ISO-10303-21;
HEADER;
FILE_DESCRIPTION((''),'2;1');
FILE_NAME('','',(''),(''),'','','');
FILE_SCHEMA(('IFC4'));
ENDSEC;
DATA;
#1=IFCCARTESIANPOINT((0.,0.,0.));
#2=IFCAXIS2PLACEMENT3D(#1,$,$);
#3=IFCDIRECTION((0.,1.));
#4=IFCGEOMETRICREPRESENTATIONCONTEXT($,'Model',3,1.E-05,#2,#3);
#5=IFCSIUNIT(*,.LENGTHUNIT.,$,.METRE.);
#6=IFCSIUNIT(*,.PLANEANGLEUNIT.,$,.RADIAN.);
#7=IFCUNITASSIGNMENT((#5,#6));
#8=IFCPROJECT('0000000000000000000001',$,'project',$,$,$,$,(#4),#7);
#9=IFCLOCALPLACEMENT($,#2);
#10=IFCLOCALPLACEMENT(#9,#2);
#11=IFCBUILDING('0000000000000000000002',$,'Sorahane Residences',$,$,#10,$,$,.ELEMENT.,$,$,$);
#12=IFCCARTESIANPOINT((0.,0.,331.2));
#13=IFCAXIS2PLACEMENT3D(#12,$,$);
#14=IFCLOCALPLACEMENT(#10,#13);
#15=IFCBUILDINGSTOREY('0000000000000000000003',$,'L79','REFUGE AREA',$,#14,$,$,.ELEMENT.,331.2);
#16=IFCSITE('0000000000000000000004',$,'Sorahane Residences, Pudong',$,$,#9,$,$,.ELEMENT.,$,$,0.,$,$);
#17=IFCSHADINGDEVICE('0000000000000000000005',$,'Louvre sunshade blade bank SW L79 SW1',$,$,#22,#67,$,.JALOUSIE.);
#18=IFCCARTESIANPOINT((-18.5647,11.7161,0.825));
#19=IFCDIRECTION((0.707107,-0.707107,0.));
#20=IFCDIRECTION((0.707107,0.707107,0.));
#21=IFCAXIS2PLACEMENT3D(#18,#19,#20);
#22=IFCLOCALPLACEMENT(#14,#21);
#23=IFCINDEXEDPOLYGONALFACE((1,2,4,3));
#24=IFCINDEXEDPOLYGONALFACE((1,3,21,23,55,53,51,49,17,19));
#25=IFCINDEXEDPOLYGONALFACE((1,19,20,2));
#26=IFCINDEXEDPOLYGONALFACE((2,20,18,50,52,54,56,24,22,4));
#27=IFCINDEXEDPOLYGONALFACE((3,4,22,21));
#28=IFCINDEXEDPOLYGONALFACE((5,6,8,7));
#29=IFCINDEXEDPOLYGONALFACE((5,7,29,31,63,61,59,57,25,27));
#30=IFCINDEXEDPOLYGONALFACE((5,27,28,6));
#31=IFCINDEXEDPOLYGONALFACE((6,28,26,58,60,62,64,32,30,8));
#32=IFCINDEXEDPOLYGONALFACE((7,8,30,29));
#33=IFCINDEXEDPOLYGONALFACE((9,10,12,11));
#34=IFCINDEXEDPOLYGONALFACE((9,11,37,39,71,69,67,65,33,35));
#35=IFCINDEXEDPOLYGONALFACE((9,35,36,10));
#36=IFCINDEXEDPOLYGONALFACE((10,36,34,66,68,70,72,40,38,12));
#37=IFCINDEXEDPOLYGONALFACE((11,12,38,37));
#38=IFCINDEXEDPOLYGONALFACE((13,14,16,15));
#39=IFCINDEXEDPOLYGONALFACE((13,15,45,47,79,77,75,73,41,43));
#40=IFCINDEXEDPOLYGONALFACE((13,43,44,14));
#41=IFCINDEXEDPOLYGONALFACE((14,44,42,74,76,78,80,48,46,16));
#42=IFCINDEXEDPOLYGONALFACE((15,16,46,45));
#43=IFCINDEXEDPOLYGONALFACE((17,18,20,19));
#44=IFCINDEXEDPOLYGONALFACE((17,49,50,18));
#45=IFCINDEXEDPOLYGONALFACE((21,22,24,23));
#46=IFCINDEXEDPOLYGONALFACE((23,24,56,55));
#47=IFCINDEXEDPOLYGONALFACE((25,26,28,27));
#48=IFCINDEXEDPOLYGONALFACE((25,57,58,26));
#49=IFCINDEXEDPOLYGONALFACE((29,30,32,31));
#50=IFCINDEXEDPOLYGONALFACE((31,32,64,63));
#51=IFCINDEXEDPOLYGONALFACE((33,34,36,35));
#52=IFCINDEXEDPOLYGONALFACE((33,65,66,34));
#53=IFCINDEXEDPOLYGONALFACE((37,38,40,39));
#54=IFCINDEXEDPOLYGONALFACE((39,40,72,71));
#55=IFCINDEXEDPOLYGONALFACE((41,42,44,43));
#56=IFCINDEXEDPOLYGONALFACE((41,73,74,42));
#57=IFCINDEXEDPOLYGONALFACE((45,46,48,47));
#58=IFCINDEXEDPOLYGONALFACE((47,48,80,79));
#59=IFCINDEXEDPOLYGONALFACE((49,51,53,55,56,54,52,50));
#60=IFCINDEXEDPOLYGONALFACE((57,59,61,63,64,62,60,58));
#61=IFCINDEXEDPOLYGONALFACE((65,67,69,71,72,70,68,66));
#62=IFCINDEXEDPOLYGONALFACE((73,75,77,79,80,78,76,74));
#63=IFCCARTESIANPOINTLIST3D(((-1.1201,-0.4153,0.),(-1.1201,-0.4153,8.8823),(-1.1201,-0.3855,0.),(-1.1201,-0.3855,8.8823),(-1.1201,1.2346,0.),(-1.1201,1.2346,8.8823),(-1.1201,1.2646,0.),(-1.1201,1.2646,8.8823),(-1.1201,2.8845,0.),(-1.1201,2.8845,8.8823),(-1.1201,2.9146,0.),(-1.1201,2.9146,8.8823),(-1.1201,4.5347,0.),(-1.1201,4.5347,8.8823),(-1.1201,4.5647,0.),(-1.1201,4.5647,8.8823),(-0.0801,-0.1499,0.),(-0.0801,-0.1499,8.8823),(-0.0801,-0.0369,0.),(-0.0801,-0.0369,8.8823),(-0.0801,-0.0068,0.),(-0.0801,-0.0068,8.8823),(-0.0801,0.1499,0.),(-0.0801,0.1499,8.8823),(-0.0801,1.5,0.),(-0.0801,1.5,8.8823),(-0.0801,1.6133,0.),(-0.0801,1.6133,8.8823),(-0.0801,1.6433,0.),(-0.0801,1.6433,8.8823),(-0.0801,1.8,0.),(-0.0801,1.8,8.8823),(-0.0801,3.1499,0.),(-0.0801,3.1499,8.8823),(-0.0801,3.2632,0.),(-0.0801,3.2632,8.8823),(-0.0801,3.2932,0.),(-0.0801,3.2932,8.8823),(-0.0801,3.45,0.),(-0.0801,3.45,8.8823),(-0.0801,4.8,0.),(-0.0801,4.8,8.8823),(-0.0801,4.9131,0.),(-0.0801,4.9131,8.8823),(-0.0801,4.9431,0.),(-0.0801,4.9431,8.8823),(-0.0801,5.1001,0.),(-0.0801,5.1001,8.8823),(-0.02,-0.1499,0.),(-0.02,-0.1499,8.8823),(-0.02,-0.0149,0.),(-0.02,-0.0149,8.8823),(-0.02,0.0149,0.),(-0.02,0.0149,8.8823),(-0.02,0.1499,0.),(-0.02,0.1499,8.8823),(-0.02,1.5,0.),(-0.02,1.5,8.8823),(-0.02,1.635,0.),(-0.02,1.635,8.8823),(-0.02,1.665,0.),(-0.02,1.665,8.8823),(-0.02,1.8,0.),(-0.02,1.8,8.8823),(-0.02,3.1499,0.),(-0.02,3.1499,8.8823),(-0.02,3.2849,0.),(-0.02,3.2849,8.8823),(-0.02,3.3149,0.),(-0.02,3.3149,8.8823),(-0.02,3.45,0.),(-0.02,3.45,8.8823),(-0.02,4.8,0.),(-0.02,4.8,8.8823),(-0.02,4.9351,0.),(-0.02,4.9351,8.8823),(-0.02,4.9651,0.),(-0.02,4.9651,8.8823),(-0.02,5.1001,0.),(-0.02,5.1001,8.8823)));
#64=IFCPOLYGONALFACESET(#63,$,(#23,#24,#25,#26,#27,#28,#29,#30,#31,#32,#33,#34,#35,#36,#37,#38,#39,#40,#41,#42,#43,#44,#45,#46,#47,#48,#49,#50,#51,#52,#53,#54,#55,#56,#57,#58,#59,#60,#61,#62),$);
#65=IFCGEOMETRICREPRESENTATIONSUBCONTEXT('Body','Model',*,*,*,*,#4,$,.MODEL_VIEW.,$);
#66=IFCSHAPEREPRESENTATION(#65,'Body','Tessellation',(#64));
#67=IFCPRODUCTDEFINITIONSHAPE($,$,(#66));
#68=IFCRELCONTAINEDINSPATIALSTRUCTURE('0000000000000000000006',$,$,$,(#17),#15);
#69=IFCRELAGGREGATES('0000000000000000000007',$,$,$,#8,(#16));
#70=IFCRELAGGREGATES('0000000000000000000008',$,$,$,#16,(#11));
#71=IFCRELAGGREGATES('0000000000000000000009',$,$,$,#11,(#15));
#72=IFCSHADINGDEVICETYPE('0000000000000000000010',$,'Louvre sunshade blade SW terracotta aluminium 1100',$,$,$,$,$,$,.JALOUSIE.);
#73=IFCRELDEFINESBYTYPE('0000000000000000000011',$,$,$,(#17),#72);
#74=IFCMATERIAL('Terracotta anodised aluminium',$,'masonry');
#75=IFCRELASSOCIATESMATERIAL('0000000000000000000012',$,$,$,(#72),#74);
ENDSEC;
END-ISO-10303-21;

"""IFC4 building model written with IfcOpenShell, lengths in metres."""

from ifc_helpers import new_model, si_unit, direction, frame, origin, place, context, subcontext, project, spatial, polyline, outline, composite_profile, extrude, material, type_object, element, save


model = new_model("IFC4")

# Units and contexts
model_context = context("Model", 3, precision=1e-05, world=origin(), true_north=direction((0.0, 1.0)))
body_context = subcontext(model_context, "Body", "Model", "MODEL_VIEW")
ifc_project = project(units=[si_unit("LENGTHUNIT", "METRE"), si_unit("PLANEANGLEUNIT", "RADIAN")], contexts=[model_context])

# Site, building, storey
site_placement = place(None, origin())
site = spatial("IfcSite", under=ifc_project, at=site_placement, Name="Sorahane Residences, Pudong", CompositionType="ELEMENT", RefElevation=0.0)
building_placement = place(site_placement, origin())
building = spatial("IfcBuilding", under=site, at=building_placement, Name="Sorahane Residences", CompositionType="ELEMENT")
storey_placement = place(building_placement, frame((0.0, 0.0, 331.2)))
storey = spatial("IfcBuildingStorey", under=building, at=storey_placement, Name="L79", Description="REFUGE AREA", CompositionType="ELEMENT", Elevation=331.2)

# Shading device
ifc_material_1 = material(Name="Terracotta anodised aluminium", Category="masonry")
shading_device_type = type_object("IfcShadingDeviceType", Name="Louvre sunshade blade SW terracotta aluminium 1100", PredefinedType="JALOUSIE", material=ifc_material_1)
shading_device_placement = place(storey_placement, frame((-18.5647, 11.7161, 0.825), z_axis=(0.707107, -0.707107, 0.0), x_axis=(0.707107, 0.707107, 0.0)))
element("IfcShadingDevice", 1, at=shading_device_placement, inside=storey, type_object=shading_device_type, Name="Louvre sunshade blade bank SW L79 SW1", PredefinedType="JALOUSIE", context=body_context, shape_type="SweptSolid", body=[
    extrude(composite_profile([outline(polyline([(-1.1201, -0.3855), (-1.1201, -0.4153), (-0.0801, -0.0369), (-0.0801, -0.1499), (-0.02, -0.1499), (-0.02, -0.0149), (-0.02, 0.0149), (-0.02, 0.1499), (-0.0801, 0.1499), (-0.0801, -0.0068), (-1.1201, -0.3855)])), outline(polyline([(-1.1201, 1.2646), (-1.1201, 1.2346), (-0.0801, 1.6133), (-0.0801, 1.5), (-0.02, 1.5), (-0.02, 1.635), (-0.02, 1.665), (-0.02, 1.8), (-0.0801, 1.8), (-0.0801, 1.6433), (-1.1201, 1.2646)])), outline(polyline([(-1.1201, 2.9146), (-1.1201, 2.8845), (-0.0801, 3.2632), (-0.0801, 3.1499), (-0.02, 3.1499), (-0.02, 3.2849), (-0.02, 3.3149), (-0.02, 3.45), (-0.0801, 3.45), (-0.0801, 3.2932), (-1.1201, 2.9146)])), outline(polyline([(-1.1201, 4.5647), (-1.1201, 4.5347), (-0.0801, 4.9131), (-0.0801, 4.8), (-0.02, 4.8), (-0.02, 4.9351), (-0.02, 4.9651), (-0.02, 5.1001), (-0.0801, 5.1001), (-0.0801, 4.9431), (-1.1201, 4.5647)]))]), origin(), (0.0, 0.0, 1.0), 8.8823),
])

save(model, "model.ifc")
